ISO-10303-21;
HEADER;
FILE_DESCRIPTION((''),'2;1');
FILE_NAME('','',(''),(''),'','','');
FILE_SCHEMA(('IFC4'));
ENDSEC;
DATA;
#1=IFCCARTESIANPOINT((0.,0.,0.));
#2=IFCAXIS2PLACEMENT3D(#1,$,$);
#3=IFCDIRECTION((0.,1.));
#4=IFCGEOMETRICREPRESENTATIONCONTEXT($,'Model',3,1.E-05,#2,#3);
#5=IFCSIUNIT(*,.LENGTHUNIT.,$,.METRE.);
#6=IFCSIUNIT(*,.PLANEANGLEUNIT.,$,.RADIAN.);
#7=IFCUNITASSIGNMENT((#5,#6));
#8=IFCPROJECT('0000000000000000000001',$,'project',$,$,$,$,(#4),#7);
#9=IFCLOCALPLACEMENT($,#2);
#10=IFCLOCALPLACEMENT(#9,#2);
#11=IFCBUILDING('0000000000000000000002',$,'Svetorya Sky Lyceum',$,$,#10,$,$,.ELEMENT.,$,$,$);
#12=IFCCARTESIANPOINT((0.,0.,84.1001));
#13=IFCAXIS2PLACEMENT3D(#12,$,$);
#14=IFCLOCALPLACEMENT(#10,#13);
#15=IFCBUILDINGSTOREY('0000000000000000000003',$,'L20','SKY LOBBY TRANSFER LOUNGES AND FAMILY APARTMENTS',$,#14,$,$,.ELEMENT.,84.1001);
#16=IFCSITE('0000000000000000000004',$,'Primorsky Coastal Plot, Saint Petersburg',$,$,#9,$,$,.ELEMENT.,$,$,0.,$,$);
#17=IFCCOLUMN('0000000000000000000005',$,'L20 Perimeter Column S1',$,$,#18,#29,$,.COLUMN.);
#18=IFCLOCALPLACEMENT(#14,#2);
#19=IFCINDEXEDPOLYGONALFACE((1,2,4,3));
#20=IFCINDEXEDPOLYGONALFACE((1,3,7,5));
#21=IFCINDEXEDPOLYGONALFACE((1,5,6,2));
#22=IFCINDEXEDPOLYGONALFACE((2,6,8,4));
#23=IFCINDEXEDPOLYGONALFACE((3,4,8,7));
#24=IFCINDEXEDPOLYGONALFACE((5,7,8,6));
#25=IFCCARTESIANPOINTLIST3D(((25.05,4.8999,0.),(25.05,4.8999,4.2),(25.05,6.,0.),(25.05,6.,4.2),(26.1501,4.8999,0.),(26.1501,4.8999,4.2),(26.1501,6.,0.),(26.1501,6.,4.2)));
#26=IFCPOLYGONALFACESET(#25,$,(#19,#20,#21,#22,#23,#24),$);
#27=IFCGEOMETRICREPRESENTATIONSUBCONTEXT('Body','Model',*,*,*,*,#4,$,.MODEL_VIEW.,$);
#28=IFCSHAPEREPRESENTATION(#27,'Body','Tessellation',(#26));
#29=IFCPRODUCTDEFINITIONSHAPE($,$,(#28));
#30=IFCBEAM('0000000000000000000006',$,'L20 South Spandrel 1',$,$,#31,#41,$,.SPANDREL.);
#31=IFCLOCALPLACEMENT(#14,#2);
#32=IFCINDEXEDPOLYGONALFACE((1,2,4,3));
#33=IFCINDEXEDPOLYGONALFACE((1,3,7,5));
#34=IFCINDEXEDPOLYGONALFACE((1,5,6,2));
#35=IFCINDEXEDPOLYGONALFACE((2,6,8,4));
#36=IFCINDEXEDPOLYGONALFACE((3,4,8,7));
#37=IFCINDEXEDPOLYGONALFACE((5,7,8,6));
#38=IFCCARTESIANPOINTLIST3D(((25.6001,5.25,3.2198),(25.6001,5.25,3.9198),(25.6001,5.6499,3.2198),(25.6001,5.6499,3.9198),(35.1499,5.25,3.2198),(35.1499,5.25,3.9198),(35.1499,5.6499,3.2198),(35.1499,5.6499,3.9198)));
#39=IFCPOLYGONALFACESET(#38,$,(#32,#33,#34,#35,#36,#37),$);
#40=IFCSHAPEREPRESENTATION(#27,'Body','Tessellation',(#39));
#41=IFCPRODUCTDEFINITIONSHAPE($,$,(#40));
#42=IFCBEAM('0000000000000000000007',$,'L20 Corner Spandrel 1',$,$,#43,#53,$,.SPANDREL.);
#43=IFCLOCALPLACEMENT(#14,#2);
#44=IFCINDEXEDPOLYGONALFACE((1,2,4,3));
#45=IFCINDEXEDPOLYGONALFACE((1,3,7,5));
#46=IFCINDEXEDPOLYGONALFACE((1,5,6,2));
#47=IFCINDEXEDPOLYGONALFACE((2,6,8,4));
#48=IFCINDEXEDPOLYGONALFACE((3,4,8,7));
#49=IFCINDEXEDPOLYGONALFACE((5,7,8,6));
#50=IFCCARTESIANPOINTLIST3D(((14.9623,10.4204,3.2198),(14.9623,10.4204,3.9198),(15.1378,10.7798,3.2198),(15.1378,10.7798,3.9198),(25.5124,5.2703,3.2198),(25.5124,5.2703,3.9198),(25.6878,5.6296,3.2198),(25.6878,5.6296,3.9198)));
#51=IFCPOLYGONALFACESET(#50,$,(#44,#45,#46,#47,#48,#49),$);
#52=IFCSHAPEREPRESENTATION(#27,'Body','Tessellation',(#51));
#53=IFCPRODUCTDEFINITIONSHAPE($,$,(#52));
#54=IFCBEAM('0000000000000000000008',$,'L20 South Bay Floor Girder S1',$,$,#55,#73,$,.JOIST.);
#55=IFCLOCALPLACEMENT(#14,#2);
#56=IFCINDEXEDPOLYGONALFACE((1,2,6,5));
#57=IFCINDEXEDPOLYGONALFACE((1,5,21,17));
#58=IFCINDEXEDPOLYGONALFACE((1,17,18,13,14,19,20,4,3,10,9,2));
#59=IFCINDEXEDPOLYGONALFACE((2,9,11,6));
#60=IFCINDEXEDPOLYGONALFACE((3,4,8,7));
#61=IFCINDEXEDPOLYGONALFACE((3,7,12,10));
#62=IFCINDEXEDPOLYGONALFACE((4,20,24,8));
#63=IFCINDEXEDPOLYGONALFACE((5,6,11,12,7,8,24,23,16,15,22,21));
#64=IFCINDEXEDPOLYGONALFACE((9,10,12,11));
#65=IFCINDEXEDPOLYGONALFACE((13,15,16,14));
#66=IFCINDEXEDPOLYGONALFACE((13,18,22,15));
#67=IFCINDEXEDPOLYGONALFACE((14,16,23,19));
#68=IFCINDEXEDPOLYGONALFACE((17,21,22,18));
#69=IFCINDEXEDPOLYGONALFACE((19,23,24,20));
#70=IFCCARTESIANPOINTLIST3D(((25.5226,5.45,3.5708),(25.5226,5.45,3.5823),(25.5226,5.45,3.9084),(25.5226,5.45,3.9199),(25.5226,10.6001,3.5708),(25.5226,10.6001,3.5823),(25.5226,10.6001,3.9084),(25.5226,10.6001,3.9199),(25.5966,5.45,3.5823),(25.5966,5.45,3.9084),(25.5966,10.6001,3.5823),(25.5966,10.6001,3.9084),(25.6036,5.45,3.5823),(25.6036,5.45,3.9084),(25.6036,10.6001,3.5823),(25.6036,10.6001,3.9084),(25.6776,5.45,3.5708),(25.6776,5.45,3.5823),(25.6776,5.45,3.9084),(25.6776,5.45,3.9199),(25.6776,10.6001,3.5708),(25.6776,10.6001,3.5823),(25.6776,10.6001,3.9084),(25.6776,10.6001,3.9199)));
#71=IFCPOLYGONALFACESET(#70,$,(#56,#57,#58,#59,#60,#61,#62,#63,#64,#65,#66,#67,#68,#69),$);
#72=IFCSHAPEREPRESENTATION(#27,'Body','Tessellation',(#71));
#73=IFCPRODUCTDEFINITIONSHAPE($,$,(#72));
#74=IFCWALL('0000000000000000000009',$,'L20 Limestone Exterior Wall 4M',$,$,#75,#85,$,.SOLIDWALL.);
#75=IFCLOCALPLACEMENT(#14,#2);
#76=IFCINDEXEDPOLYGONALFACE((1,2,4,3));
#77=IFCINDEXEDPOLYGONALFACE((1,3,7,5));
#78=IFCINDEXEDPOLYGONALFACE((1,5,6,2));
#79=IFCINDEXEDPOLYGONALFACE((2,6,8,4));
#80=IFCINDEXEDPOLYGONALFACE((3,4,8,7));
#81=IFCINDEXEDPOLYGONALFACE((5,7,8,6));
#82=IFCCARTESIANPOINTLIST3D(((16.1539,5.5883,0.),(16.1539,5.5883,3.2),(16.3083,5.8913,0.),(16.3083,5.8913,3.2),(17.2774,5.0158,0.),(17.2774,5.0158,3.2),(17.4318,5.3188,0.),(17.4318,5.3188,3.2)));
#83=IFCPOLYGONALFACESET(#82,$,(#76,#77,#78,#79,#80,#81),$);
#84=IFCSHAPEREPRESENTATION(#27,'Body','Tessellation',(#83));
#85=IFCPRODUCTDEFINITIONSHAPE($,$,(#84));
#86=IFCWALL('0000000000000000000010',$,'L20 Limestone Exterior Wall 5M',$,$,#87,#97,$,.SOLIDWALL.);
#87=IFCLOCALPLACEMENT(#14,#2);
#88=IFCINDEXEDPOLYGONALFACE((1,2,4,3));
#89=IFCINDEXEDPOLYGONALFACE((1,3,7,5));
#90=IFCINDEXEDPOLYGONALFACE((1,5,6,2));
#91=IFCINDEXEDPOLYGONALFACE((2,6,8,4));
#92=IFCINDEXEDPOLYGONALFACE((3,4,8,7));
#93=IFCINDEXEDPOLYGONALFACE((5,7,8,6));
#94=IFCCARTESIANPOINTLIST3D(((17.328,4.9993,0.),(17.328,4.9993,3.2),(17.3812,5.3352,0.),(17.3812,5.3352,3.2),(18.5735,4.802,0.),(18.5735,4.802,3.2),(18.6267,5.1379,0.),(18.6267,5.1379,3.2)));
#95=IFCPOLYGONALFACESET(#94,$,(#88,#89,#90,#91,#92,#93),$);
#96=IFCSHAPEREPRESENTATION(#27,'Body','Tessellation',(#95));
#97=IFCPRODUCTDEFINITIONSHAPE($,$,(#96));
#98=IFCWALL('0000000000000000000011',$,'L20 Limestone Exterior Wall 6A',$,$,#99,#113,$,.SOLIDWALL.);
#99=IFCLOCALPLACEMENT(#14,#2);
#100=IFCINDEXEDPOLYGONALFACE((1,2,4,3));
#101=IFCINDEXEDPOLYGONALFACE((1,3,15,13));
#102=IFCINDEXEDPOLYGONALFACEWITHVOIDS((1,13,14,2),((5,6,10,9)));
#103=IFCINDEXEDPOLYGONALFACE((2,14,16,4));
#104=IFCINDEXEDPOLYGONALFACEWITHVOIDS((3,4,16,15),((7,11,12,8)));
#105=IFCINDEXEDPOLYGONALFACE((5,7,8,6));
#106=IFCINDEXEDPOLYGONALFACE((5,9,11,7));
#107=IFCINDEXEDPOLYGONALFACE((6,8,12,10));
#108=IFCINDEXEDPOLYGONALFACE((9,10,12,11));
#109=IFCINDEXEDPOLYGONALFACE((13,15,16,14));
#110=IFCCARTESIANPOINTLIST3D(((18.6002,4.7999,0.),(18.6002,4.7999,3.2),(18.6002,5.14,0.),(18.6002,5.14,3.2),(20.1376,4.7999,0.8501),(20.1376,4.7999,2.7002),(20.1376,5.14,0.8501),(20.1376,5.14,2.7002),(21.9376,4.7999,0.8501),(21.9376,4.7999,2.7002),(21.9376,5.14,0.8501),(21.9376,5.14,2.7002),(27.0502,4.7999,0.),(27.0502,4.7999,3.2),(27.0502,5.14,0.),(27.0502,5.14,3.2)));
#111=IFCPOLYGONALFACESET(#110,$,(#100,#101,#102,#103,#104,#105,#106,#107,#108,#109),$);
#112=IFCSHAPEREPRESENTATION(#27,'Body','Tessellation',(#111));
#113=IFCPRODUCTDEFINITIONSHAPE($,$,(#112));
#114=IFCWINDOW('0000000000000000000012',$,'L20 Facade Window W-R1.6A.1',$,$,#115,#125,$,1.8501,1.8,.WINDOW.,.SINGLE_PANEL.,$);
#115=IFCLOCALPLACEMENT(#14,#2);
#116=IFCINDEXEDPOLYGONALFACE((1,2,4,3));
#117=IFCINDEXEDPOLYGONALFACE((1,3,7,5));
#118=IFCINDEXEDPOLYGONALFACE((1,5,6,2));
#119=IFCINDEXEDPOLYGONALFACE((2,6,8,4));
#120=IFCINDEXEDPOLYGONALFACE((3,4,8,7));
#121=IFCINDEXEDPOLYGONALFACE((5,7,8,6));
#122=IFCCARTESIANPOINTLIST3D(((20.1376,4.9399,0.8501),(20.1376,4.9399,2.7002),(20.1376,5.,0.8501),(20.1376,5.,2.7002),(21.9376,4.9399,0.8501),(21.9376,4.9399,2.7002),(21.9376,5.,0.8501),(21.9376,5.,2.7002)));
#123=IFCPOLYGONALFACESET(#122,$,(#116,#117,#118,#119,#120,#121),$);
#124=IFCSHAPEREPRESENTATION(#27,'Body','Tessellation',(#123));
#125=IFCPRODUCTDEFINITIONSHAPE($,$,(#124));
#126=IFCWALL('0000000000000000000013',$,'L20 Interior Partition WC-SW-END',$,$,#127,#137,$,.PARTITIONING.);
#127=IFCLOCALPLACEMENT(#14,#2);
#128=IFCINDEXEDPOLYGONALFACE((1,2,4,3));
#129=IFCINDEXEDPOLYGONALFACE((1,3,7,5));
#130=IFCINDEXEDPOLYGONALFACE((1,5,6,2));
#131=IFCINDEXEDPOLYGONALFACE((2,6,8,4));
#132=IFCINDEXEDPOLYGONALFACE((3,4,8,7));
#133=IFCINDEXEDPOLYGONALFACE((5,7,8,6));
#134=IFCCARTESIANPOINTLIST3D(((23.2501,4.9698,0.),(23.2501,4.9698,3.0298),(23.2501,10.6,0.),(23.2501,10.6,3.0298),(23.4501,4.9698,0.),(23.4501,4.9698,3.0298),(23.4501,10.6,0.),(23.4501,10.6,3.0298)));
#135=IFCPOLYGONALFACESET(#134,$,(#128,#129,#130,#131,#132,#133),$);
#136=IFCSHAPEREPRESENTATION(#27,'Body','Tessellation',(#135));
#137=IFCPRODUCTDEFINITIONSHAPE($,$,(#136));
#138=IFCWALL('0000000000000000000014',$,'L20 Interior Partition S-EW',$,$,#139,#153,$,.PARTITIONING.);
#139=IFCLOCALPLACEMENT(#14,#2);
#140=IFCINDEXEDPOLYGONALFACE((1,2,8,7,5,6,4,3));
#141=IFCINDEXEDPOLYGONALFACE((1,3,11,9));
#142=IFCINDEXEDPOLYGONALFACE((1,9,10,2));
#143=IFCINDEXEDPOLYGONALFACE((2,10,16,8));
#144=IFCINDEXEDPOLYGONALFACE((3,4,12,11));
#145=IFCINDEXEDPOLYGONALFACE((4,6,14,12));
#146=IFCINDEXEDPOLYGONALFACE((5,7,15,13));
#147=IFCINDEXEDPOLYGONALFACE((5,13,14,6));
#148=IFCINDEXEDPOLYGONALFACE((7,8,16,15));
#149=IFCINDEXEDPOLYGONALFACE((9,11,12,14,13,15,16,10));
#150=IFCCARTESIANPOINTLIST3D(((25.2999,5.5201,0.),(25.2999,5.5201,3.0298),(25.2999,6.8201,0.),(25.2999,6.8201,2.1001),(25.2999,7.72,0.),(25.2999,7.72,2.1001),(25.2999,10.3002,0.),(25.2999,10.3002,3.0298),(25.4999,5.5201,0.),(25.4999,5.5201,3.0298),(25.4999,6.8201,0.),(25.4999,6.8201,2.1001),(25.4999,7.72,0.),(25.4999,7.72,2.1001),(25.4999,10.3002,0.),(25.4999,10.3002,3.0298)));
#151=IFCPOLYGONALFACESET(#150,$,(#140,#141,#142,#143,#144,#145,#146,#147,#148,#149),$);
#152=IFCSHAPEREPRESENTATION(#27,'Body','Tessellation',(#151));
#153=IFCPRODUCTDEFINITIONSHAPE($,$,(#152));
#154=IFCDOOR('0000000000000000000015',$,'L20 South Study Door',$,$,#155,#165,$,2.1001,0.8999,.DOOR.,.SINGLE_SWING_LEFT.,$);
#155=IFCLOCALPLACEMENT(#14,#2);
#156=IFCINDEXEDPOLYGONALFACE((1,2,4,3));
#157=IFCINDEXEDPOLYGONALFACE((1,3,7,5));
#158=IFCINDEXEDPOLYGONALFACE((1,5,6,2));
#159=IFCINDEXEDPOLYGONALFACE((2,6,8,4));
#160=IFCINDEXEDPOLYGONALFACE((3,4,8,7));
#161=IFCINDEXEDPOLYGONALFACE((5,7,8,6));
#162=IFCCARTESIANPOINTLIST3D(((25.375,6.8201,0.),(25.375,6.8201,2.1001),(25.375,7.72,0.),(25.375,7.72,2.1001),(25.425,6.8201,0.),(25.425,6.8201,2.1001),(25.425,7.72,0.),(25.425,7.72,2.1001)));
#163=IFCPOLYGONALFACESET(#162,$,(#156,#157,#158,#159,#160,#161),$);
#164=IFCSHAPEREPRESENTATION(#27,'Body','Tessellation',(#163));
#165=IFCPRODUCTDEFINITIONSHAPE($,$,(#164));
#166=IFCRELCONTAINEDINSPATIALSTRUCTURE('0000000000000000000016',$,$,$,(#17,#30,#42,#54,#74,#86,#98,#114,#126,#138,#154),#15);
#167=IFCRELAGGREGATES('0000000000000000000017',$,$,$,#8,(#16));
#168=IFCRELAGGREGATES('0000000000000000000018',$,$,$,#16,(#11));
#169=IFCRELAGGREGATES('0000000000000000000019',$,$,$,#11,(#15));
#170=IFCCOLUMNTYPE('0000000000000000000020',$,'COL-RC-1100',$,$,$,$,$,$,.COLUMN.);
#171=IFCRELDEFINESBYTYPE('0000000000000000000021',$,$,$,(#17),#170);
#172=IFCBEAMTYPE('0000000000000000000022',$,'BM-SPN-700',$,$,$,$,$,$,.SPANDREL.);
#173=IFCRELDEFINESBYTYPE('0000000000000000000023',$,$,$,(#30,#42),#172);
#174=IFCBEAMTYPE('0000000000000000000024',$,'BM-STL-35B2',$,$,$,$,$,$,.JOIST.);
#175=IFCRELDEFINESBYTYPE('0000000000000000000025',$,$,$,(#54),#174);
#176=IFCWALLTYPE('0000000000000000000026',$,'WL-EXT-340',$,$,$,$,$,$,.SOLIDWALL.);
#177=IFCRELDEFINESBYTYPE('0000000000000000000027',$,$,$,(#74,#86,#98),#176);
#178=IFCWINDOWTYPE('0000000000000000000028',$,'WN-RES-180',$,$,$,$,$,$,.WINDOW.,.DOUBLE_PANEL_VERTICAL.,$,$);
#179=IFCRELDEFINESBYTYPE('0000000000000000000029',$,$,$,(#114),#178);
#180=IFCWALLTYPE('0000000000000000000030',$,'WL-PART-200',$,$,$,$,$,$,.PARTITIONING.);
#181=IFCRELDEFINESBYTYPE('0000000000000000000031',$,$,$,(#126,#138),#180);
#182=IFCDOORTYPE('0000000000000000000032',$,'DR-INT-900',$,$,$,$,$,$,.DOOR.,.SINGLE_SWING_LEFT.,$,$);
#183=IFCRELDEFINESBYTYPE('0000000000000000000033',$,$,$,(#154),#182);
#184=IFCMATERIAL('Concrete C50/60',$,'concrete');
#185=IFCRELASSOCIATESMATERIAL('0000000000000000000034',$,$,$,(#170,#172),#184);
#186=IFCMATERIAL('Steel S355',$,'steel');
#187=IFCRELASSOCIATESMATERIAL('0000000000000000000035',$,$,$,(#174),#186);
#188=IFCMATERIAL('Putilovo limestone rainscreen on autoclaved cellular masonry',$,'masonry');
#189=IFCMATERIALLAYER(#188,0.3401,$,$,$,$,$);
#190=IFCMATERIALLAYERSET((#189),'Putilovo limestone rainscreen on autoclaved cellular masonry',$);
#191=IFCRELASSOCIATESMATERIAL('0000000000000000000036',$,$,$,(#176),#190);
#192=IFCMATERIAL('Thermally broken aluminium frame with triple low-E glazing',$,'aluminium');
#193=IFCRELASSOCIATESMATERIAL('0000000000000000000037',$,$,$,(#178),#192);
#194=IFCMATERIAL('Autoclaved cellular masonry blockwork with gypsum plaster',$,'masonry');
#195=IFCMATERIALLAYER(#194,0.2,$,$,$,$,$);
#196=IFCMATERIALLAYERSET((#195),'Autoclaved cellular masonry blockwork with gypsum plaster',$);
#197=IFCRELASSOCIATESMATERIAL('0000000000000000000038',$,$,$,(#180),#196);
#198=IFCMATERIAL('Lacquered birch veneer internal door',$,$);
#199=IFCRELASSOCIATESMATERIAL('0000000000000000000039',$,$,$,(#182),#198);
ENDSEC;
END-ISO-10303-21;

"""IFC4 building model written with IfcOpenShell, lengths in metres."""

from ifc_helpers import new_model, si_unit, direction, frame, frame_2d, origin, origin_2d, place, context, subcontext, project, spatial, rectangle, i_section, extrude, material, layer, layer_set, material_profile, profile_set, type_object, element, fill, save


model = new_model("IFC4")

# Units and contexts
model_context = context("Model", 3, precision=1e-05, world=origin(), true_north=direction((0.0, 1.0)))
body_context = subcontext(model_context, "Body", "Model", "MODEL_VIEW")
ifc_project = project(units=[si_unit("LENGTHUNIT", "METRE"), si_unit("PLANEANGLEUNIT", "RADIAN")], contexts=[model_context])

# Site, building, storey
site_placement = place(None, origin())
site = spatial("IfcSite", under=ifc_project, at=site_placement, Name="Primorsky Coastal Plot, Saint Petersburg", CompositionType="ELEMENT", RefElevation=0.0)
building_placement = place(site_placement, origin())
building = spatial("IfcBuilding", under=site, at=building_placement, Name="Svetorya Sky Lyceum", CompositionType="ELEMENT")
storey_placement = place(building_placement, frame((0.0, 0.0, 84.1001)))
storey = spatial("IfcBuildingStorey", under=building, at=storey_placement, Name="L20", Description="SKY LOBBY TRANSFER LOUNGES AND FAMILY APARTMENTS", CompositionType="ELEMENT", Elevation=84.1001)

# Column
ifc_material_1 = material(Name="Concrete C50/60", Category="concrete")
ifc_material_profile_1 = material_profile(ifc_material_1, rectangle(XDim=1.1001, YDim=1.1001, at=origin_2d()), Name="RC COL 1100x1100")
ifc_profile_set_1 = profile_set([ifc_material_profile_1], Name="Concrete C50/60")
column_type = type_object("IfcColumnType", Name="COL-RC-1100", PredefinedType="COLUMN", material=ifc_profile_set_1)
column_placement = place(storey_placement, frame((25.6001, 5.45, 0.0), z_axis=(0.0, 0.0, 1.0), x_axis=(1.0, 0.0, 0.0)))
element("IfcColumn", 1, at=column_placement, inside=storey, type_object=column_type, Name="L20 Perimeter Column S1", PredefinedType="COLUMN", context=body_context, shape_type="SweptSolid", body=[
    extrude(rectangle(XDim=1.1001, YDim=1.1001, at=origin_2d()), origin(), (0.0, 0.0, 1.0), 4.2),
])

# Beams
ifc_material_profile_2 = material_profile(ifc_material_1, rectangle(XDim=0.3999, YDim=0.7, at=origin_2d()), Name="RC SPANDREL 400x700")
ifc_profile_set_2 = profile_set([ifc_material_profile_2], Name="Concrete C50/60")
beam_type_1 = type_object("IfcBeamType", Name="BM-SPN-700", PredefinedType="SPANDREL", material=ifc_profile_set_2)
beam_1_placement = place(storey_placement, frame((25.6001, 5.45, 3.5698), z_axis=(1.0, 0.0, 0.0), x_axis=(0.0, 1.0, 0.0)))
element("IfcBeam", 2, at=beam_1_placement, inside=storey, type_object=beam_type_1, Name="L20 South Spandrel 1", PredefinedType="SPANDREL", context=body_context, shape_type="SweptSolid", body=[
    extrude(rectangle(XDim=0.3999, YDim=0.7, at=origin_2d()), origin(), (0.0, 0.0, 1.0), 9.5498),
])
beam_2_placement = place(storey_placement, frame((25.6001, 5.45, 3.5698), z_axis=(-0.898641, 0.438684, 0.0), x_axis=(-0.438684, -0.898641, 0.0)))
element("IfcBeam", 3, at=beam_2_placement, inside=storey, type_object=beam_type_1, Name="L20 Corner Spandrel 1", PredefinedType="SPANDREL", context=body_context, shape_type="SweptSolid", body=[
    extrude(rectangle(XDim=0.3999, YDim=0.7, at=origin_2d()), origin(), (0.0, 0.0, 1.0), 11.74),
])
ifc_material_2 = material(Name="Steel S355", Category="steel")
ifc_material_profile_3 = material_profile(ifc_material_2, i_section(OverallWidth=0.155, OverallDepth=0.3491, WebThickness=0.0071, FlangeThickness=0.0115, at=origin_2d()), Name="GOST 35B2")
ifc_profile_set_3 = profile_set([ifc_material_profile_3], Name="Steel S355")
beam_type_2 = type_object("IfcBeamType", Name="BM-STL-35B2", PredefinedType="JOIST", material=ifc_profile_set_3)
beam_3_placement = place(storey_placement, frame((25.6001, 5.45, 3.7454), z_axis=(0.0, 1.0, 0.0), x_axis=(-1.0, 0.0, 0.0)))
element("IfcBeam", 4, at=beam_3_placement, inside=storey, type_object=beam_type_2, Name="L20 South Bay Floor Girder S1", PredefinedType="JOIST", context=body_context, shape_type="SweptSolid", body=[
    extrude(i_section(OverallWidth=0.155, OverallDepth=0.3491, WebThickness=0.0071, FlangeThickness=0.0115, at=origin_2d()), origin(), (0.0, 0.0, 1.0), 5.1501),
])

# Walls
ifc_material_3 = material(Name="Putilovo limestone rainscreen on autoclaved cellular masonry", Category="masonry")
ifc_layer_1 = layer(ifc_material_3, 0.3401)
ifc_layer_set_1 = layer_set([ifc_layer_1], Name="Putilovo limestone rainscreen on autoclaved cellular masonry")
wall_type_1 = type_object("IfcWallType", Name="WL-EXT-340", PredefinedType="SOLIDWALL", material=ifc_layer_set_1)
for number, where, z_axis, x_axis, name in (
    (5, (16.2312, 5.7397, 0.0), (0.0, 0.0, 1.0), (0.890994, -0.454016, 0.0), "L20 Limestone Exterior Wall 4M"),
    (6, (17.3547, 5.1672, 0.0), (0.0, 0.0, 1.0), (0.987686, -0.15645, 0.0), "L20 Limestone Exterior Wall 5M"),
):
    element("IfcWall", number, at=place(storey_placement, frame(where, z_axis=z_axis, x_axis=x_axis)), inside=storey, type_object=wall_type_1, Name=name, PredefinedType="SOLIDWALL", context=body_context, shape_type="SweptSolid", body=[
        extrude(rectangle(XDim=1.261, YDim=0.3401, at=frame_2d((0.6304, 0.0))), origin(), (0.0, 0.0, 1.0), 3.2),
    ])

# Wall, opening, window
wall_1_placement = place(storey_placement, frame((18.6001, 4.97, 0.0), z_axis=(0.0, 0.0, 1.0), x_axis=(1.0, 0.0, 0.0)))
wall_1 = element("IfcWall", 7, at=wall_1_placement, inside=storey, type_object=wall_type_1, Name="L20 Limestone Exterior Wall 6A", PredefinedType="SOLIDWALL", context=body_context, shape_type="SweptSolid", body=[
    extrude(rectangle(XDim=8.45, YDim=0.3401, at=frame_2d((4.2251, 0.0))), origin(), (0.0, 0.0, 1.0), 3.2),
])
opening_1_placement = place(wall_1_placement, frame((1.5376, 0.0, 0.8501)))
opening_1 = element("IfcOpeningElement", 8, at=opening_1_placement, cuts=wall_1, PredefinedType="OPENING", context=body_context, shape_type="SweptSolid", body=[
    extrude(rectangle(XDim=1.8, YDim=1.8501, at=frame_2d((0.8999, 0.925))), frame((0.0, 0.1799, 0.0), z_axis=(0.0, -1.0, 0.0), x_axis=(1.0, 0.0, 0.0)), (0.0, 0.0, 1.0), 0.3601),
])
ifc_material_4 = material(Name="Thermally broken aluminium frame with triple low-E glazing", Category="aluminium")
window_type = type_object("IfcWindowType", Name="WN-RES-180", PartitioningType="DOUBLE_PANEL_VERTICAL", PredefinedType="WINDOW", material=ifc_material_4)
window_placement = place(opening_1_placement, origin())
window = element("IfcWindow", 9, at=window_placement, inside=storey, type_object=window_type, Name="L20 Facade Window W-R1.6A.1", OverallHeight=1.8501, OverallWidth=1.8, PartitioningType="SINGLE_PANEL", PredefinedType="WINDOW", context=body_context, shape_type="SweptSolid", body=[
    extrude(rectangle(XDim=1.8, YDim=1.8501, at=frame_2d((0.8999, 0.925))), frame((0.0, 0.03, 0.0), z_axis=(0.0, -1.0, 0.0), x_axis=(1.0, 0.0, 0.0)), (0.0, 0.0, 1.0), 0.0601),
])
fill(opening_1, window)

# Wall
ifc_material_5 = material(Name="Autoclaved cellular masonry blockwork with gypsum plaster", Category="masonry")
ifc_layer_2 = layer(ifc_material_5, 0.2)
ifc_layer_set_2 = layer_set([ifc_layer_2], Name="Autoclaved cellular masonry blockwork with gypsum plaster")
wall_type_2 = type_object("IfcWallType", Name="WL-PART-200", PredefinedType="PARTITIONING", material=ifc_layer_set_2)
wall_2_placement = place(storey_placement, frame((23.3501, 4.97, 0.0), z_axis=(0.0, 0.0, 1.0), x_axis=(0.0, 1.0, 0.0)))
element("IfcWall", 10, at=wall_2_placement, inside=storey, type_object=wall_type_2, Name="L20 Interior Partition WC-SW-END", PredefinedType="PARTITIONING", context=body_context, shape_type="SweptSolid", body=[
    extrude(rectangle(XDim=5.6301, YDim=0.2, at=frame_2d((2.8149, 0.0))), origin(), (0.0, 0.0, 1.0), 3.0298),
])

# Wall, opening, door
wall_3_placement = place(storey_placement, frame((25.3999, 5.52, 0.0), z_axis=(0.0, 0.0, 1.0), x_axis=(0.0, 1.0, 0.0)))
wall_3 = element("IfcWall", 11, at=wall_3_placement, inside=storey, type_object=wall_type_2, Name="L20 Interior Partition S-EW", PredefinedType="PARTITIONING", context=body_context, shape_type="SweptSolid", body=[
    extrude(rectangle(XDim=4.78, YDim=0.2, at=frame_2d((2.3901, 0.0))), origin(), (0.0, 0.0, 1.0), 3.0298),
])
opening_2_placement = place(wall_3_placement, frame((1.3, 0.0, 0.0)))
opening_2 = element("IfcOpeningElement", 12, at=opening_2_placement, cuts=wall_3, PredefinedType="OPENING", context=body_context, shape_type="SweptSolid", body=[
    extrude(rectangle(XDim=0.8999, YDim=2.1001, at=frame_2d((0.45, 1.05))), frame((0.0, 0.1099, 0.0), z_axis=(0.0, -1.0, 0.0), x_axis=(1.0, 0.0, 0.0)), (0.0, 0.0, 1.0), 0.22),
])
ifc_material_6 = material(Name="Lacquered birch veneer internal door")
door_type = type_object("IfcDoorType", Name="DR-INT-900", OperationType="SINGLE_SWING_LEFT", PredefinedType="DOOR", material=ifc_material_6)
door_placement = place(opening_2_placement, origin())
door = element("IfcDoor", 13, at=door_placement, inside=storey, type_object=door_type, Name="L20 South Study Door", OperationType="SINGLE_SWING_LEFT", OverallHeight=2.1001, OverallWidth=0.8999, PredefinedType="DOOR", context=body_context, shape_type="SweptSolid", body=[
    extrude(rectangle(XDim=0.8999, YDim=2.1001, at=frame_2d((0.45, 1.05))), frame((0.0, 0.0249, 0.0), z_axis=(0.0, -1.0, 0.0), x_axis=(1.0, 0.0, 0.0)), (0.0, 0.0, 1.0), 0.05),
])
fill(opening_2, door)

save(model, "model.ifc")
